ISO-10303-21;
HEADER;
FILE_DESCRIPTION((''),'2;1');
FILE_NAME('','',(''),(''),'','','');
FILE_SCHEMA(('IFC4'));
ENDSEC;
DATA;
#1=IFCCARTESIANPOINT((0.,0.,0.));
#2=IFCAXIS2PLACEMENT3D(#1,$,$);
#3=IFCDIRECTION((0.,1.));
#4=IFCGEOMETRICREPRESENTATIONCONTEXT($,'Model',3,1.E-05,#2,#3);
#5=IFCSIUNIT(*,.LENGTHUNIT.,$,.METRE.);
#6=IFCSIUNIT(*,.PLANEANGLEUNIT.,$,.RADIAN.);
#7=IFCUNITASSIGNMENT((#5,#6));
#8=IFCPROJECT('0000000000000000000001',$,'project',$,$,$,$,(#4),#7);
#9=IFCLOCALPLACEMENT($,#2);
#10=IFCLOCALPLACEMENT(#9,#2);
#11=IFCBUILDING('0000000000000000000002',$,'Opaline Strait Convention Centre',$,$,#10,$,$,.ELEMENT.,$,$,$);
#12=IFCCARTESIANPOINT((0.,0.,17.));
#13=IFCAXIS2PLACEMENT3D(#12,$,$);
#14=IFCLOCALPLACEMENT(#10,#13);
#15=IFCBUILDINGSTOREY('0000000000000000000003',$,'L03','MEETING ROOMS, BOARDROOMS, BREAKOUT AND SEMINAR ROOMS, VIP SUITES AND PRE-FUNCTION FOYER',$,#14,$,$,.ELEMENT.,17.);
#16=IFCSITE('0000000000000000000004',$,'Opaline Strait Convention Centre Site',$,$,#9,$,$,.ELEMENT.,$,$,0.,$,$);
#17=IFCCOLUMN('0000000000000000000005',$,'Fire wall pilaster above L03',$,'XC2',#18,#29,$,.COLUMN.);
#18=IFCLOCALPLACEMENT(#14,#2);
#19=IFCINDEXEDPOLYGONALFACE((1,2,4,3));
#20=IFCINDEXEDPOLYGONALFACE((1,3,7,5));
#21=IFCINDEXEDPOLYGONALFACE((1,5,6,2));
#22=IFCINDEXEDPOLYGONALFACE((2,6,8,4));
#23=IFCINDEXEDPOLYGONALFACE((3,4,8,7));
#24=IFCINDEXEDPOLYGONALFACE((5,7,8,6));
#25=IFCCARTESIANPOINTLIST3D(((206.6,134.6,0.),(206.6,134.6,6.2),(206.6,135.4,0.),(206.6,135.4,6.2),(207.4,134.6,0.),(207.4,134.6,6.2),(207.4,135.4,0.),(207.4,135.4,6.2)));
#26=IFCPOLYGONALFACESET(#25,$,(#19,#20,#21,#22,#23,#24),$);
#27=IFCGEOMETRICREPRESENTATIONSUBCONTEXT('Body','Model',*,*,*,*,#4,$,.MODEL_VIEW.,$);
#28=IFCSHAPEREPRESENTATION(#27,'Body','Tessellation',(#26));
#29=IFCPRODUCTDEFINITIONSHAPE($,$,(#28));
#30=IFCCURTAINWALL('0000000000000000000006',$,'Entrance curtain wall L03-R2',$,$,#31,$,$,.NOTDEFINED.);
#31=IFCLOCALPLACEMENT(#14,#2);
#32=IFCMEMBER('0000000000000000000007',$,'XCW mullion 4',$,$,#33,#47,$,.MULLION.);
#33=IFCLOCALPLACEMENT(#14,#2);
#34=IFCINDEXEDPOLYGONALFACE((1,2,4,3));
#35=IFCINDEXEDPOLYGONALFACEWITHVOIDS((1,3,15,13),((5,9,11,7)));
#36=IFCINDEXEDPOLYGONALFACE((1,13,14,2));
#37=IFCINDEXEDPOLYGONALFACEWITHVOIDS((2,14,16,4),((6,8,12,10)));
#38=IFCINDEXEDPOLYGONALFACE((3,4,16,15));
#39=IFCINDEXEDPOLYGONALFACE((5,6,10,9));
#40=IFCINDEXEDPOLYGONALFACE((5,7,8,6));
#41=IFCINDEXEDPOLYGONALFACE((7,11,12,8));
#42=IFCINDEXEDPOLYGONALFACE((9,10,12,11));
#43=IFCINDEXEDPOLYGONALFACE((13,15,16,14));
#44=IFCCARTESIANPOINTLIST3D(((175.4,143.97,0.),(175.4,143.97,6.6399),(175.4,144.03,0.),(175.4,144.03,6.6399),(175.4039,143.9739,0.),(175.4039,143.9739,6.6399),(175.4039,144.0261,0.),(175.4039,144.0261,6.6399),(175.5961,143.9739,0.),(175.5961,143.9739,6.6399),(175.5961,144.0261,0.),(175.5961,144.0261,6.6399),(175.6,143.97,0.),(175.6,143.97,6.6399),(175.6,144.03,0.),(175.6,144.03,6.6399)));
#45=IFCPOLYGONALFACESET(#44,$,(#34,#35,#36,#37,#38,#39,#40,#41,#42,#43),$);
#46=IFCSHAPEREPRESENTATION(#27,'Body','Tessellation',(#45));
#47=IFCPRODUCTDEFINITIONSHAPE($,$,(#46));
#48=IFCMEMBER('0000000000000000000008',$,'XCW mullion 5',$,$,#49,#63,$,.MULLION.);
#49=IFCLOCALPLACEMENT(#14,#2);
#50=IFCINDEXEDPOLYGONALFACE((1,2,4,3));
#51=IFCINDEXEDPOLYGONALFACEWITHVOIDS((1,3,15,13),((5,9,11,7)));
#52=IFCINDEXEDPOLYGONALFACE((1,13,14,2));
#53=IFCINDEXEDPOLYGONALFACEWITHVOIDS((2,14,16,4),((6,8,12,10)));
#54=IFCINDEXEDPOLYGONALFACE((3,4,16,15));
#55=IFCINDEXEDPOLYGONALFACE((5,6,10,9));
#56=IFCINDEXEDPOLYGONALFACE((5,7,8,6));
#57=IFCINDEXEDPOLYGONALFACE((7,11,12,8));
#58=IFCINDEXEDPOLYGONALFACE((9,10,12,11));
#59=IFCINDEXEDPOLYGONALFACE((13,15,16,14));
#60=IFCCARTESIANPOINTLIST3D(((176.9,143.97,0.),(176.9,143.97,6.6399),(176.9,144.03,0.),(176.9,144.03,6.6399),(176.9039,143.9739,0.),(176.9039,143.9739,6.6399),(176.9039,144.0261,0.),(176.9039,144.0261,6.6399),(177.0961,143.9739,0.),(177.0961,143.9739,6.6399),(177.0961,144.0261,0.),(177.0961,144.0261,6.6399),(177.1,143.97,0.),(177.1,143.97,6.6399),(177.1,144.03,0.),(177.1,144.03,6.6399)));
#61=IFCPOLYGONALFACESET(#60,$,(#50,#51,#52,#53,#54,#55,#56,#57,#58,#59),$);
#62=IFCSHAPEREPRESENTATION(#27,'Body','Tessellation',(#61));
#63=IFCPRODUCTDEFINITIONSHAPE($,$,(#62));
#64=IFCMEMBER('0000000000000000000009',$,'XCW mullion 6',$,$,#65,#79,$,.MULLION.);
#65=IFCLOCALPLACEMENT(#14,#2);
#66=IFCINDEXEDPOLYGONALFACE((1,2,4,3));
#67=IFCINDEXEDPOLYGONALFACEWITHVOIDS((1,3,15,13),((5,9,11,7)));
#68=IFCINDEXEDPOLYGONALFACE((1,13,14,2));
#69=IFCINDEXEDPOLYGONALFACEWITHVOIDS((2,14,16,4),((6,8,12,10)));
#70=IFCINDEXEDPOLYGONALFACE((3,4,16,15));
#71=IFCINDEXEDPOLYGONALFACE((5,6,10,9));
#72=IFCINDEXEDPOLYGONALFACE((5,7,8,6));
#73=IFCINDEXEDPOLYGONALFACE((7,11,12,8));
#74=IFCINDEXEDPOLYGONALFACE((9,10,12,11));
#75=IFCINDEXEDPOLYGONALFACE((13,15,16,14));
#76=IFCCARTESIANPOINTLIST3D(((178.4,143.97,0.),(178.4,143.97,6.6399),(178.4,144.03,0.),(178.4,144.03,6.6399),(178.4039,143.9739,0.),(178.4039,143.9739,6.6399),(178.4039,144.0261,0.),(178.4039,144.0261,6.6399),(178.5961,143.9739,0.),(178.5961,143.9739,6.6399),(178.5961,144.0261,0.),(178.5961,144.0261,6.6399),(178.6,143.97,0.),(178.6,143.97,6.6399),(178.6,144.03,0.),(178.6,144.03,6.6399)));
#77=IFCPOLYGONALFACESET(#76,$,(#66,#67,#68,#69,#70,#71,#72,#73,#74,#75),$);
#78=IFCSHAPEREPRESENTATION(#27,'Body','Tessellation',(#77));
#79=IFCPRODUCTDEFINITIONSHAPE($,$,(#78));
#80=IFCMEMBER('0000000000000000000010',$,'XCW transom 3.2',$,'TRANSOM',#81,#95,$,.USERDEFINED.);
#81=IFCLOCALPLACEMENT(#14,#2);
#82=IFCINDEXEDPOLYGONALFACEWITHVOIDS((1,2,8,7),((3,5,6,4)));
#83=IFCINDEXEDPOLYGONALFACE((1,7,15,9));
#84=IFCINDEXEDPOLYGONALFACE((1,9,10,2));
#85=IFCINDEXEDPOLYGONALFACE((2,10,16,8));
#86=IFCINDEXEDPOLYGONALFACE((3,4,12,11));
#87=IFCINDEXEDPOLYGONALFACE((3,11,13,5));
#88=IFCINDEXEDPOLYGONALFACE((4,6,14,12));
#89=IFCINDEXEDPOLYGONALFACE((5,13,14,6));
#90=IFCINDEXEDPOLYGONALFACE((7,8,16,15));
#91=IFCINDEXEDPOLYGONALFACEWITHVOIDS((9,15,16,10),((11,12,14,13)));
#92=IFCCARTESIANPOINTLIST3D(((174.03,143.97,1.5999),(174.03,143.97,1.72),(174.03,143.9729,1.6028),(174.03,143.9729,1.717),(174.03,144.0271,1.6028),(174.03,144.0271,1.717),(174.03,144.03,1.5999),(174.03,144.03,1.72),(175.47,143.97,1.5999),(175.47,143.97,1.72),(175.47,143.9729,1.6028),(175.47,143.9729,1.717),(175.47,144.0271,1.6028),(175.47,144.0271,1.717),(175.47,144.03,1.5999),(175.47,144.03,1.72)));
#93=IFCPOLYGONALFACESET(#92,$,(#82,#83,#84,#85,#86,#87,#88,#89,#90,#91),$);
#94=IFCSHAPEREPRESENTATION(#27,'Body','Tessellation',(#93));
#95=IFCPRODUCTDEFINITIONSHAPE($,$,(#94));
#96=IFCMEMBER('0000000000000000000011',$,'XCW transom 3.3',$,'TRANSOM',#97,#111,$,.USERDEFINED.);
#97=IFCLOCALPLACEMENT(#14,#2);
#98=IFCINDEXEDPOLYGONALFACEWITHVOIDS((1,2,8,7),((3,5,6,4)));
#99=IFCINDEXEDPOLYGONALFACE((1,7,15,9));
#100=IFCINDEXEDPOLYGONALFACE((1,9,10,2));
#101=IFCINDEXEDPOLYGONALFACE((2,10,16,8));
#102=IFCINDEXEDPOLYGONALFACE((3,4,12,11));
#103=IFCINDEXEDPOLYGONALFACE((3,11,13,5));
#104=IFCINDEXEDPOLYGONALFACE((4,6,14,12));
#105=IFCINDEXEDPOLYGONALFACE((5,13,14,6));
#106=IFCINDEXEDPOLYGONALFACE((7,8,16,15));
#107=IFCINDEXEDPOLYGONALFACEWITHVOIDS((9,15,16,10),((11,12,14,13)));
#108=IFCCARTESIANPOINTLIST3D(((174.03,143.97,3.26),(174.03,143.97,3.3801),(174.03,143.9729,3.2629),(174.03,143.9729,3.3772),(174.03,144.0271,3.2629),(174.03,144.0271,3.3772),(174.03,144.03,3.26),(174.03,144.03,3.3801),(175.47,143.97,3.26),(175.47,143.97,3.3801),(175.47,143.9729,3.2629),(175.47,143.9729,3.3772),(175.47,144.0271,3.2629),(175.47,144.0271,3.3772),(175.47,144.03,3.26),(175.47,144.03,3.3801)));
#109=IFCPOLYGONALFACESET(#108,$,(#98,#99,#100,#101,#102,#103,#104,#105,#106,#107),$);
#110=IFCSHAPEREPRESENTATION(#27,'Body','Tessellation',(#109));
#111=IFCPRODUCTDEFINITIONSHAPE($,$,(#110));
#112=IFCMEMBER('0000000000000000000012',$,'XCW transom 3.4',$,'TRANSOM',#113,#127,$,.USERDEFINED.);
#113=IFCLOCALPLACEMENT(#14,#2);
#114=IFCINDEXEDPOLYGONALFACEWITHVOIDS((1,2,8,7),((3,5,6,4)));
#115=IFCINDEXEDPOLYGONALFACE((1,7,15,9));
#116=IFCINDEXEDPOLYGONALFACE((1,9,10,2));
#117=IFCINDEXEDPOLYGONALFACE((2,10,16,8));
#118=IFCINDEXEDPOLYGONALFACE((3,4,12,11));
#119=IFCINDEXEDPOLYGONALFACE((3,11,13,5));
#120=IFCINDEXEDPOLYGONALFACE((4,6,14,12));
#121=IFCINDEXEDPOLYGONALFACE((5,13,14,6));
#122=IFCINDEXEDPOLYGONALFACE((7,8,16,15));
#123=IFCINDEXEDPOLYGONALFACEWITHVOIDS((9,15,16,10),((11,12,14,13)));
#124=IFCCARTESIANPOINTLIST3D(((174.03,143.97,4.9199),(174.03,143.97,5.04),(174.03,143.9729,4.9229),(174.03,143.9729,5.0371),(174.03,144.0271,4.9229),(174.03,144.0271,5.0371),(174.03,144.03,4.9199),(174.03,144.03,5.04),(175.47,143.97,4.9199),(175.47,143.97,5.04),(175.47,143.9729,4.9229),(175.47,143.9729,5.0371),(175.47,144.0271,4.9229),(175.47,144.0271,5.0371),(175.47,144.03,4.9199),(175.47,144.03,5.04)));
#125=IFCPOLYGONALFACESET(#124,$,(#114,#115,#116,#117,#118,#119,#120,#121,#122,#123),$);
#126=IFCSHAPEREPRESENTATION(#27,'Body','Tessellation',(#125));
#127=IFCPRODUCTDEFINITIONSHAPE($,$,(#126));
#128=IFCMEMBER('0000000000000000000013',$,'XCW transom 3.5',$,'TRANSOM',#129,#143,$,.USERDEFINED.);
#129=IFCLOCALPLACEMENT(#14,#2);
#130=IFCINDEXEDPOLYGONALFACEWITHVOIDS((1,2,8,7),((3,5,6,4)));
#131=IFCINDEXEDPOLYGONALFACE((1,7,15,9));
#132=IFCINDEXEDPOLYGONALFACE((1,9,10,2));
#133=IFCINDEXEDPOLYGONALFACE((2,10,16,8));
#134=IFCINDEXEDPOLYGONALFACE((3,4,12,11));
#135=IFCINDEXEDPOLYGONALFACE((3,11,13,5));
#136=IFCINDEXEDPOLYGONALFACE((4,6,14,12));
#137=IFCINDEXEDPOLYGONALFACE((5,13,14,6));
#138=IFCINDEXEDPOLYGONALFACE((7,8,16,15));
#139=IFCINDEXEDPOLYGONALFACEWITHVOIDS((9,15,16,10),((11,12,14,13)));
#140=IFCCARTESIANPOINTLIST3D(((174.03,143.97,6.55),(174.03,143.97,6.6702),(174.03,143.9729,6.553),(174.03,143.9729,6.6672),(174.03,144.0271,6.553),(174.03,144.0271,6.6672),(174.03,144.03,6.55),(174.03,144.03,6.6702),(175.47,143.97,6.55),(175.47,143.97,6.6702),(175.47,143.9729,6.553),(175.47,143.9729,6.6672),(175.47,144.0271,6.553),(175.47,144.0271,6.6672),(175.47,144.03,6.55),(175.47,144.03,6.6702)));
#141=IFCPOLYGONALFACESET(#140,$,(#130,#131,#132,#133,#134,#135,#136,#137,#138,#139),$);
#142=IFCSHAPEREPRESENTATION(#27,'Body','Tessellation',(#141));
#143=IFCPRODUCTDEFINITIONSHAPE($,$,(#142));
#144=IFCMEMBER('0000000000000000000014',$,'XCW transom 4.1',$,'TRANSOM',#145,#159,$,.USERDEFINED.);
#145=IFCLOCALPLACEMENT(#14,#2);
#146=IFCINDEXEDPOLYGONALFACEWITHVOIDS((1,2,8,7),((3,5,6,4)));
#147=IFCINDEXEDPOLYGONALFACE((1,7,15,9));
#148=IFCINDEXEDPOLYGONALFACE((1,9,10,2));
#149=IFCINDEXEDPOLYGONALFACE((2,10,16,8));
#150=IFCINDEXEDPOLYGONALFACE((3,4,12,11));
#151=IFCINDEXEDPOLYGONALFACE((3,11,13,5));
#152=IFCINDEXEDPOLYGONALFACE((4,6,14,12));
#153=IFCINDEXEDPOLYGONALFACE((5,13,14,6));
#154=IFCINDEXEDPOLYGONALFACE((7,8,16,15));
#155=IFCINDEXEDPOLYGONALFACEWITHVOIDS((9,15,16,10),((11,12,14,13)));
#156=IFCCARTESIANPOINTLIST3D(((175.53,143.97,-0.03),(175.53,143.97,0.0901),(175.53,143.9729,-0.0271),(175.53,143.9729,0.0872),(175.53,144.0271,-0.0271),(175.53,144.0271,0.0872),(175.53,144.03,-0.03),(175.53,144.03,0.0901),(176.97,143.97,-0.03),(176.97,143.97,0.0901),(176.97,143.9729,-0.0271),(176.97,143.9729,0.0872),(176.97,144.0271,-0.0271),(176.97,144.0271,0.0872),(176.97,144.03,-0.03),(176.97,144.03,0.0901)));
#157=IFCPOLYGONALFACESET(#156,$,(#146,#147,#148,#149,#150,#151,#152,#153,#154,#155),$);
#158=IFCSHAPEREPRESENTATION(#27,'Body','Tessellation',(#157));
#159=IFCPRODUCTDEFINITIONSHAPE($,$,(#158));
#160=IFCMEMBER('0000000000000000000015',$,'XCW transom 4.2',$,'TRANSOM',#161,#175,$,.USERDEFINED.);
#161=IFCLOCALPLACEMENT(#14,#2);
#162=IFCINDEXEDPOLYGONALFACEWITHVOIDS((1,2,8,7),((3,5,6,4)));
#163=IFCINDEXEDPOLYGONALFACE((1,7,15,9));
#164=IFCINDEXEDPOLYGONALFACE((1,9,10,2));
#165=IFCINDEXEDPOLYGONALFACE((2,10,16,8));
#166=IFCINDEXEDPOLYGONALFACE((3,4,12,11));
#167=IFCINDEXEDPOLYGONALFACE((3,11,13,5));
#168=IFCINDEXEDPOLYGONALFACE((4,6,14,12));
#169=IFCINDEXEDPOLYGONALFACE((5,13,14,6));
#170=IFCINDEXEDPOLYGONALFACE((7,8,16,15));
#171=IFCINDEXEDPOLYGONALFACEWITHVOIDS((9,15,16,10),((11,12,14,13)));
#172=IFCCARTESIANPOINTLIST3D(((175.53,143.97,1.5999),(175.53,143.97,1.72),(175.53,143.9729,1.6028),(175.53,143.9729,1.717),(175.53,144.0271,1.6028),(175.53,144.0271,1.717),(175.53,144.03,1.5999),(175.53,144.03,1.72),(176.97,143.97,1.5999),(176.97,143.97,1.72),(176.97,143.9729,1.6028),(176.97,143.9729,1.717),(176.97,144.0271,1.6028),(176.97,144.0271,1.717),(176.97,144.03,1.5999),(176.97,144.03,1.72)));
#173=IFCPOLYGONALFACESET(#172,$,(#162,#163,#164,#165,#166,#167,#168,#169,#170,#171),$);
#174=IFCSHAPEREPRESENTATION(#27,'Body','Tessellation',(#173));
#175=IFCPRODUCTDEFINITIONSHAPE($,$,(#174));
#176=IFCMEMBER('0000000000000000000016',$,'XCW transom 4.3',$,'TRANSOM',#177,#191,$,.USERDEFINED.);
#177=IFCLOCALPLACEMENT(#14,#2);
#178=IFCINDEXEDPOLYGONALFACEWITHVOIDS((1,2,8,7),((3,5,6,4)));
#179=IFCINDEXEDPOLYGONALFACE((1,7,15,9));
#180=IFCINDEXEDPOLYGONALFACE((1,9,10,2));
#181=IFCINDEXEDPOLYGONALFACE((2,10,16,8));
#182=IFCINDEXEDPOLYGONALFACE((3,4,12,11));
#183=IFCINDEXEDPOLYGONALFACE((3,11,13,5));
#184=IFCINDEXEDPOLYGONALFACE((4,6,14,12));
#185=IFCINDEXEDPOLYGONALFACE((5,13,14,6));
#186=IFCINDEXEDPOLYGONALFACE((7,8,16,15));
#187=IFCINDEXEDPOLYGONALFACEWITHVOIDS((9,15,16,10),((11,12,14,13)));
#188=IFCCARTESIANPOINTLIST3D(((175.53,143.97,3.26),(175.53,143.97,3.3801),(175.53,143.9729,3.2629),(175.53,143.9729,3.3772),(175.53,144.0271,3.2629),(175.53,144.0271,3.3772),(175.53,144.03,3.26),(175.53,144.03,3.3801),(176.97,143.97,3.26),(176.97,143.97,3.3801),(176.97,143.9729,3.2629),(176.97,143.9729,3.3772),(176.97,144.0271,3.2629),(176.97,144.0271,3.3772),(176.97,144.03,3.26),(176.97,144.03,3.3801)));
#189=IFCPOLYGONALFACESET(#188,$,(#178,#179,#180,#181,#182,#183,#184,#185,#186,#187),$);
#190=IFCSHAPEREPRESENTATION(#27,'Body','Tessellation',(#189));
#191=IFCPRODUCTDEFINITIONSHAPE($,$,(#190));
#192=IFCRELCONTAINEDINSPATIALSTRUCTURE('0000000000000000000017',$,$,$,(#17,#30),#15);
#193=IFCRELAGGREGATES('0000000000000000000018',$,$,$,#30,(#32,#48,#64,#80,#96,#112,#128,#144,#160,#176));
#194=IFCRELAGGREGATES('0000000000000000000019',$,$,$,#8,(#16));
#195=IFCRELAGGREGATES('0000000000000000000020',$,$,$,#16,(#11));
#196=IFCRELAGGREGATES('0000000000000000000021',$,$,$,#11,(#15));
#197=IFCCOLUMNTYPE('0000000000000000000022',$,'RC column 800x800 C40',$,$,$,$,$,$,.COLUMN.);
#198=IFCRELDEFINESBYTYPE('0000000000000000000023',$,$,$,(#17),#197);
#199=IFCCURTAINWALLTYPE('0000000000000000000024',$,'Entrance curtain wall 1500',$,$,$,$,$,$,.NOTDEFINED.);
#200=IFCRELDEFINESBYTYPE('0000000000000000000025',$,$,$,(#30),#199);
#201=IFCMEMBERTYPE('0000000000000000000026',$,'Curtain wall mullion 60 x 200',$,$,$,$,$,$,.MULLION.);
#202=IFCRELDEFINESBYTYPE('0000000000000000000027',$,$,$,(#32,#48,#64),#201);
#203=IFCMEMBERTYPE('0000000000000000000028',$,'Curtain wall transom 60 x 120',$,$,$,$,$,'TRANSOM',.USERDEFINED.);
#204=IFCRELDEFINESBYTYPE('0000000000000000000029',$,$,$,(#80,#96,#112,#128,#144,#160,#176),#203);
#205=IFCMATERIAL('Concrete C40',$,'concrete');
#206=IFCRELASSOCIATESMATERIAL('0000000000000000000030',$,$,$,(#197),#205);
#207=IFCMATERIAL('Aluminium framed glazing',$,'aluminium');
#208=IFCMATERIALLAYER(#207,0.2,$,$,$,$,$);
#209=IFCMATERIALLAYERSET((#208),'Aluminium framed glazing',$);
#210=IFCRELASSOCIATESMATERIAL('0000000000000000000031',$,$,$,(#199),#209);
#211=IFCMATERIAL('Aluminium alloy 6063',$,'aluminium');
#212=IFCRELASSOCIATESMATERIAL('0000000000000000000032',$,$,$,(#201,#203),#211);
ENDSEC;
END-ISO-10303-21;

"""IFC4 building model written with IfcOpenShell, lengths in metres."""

from ifc_helpers import new_model, si_unit, direction, frame, origin, origin_2d, place, context, subcontext, project, spatial, rectangle, hollow_rectangle, extrude, material, layer, layer_set, material_profile, profile_set, type_object, element, aggregate, save


model = new_model("IFC4")

# Units and contexts
model_context = context("Model", 3, precision=1e-05, world=origin(), true_north=direction((0.0, 1.0)))
body_context = subcontext(model_context, "Body", "Model", "MODEL_VIEW")
ifc_project = project(units=[si_unit("LENGTHUNIT", "METRE"), si_unit("PLANEANGLEUNIT", "RADIAN")], contexts=[model_context])

# Site, building, storey
site_placement = place(None, origin())
site = spatial("IfcSite", under=ifc_project, at=site_placement, Name="Opaline Strait Convention Centre Site", CompositionType="ELEMENT", RefElevation=0.0)
building_placement = place(site_placement, origin())
building = spatial("IfcBuilding", under=site, at=building_placement, Name="Opaline Strait Convention Centre", CompositionType="ELEMENT")
storey_placement = place(building_placement, frame((0.0, 0.0, 17.0)))
storey = spatial("IfcBuildingStorey", under=building, at=storey_placement, Name="L03", Description="MEETING ROOMS, BOARDROOMS, BREAKOUT AND SEMINAR ROOMS, VIP SUITES AND PRE-FUNCTION FOYER", CompositionType="ELEMENT", Elevation=17.0)

# Column
ifc_material_1 = material(Name="Concrete C40", Category="concrete")
ifc_material_profile_1 = material_profile(ifc_material_1, rectangle(XDim=0.8, YDim=0.8, at=origin_2d()), Name="RC 800x800")
ifc_profile_set_1 = profile_set([ifc_material_profile_1], Name="Concrete C40")
column_type = type_object("IfcColumnType", Name="RC column 800x800 C40", PredefinedType="COLUMN", material=ifc_profile_set_1)
column_placement = place(storey_placement, frame((207.0, 135.0, 0.0), z_axis=(0.0, 0.0, 1.0), x_axis=(1.0, 0.0, 0.0)))
element("IfcColumn", 1, at=column_placement, inside=storey, type_object=column_type, Name="Fire wall pilaster above L03", ObjectType="XC2", PredefinedType="COLUMN", context=body_context, shape_type="SweptSolid", body=[
    extrude(rectangle(XDim=0.8, YDim=0.8, at=origin_2d()), origin(), (0.0, 0.0, 1.0), 6.2),
])

# Curtain wall, members
ifc_material_2 = material(Name="Aluminium framed glazing", Category="aluminium")
ifc_layer_1 = layer(ifc_material_2, 0.2)
ifc_layer_set_1 = layer_set([ifc_layer_1], Name="Aluminium framed glazing")
curtain_wall_type = type_object("IfcCurtainWallType", Name="Entrance curtain wall 1500", PredefinedType="NOTDEFINED", material=ifc_layer_set_1)
curtain_wall_placement = place(storey_placement, origin())
curtain_wall = element("IfcCurtainWall", 2, at=curtain_wall_placement, inside=storey, type_object=curtain_wall_type, Name="Entrance curtain wall L03-R2", PredefinedType="NOTDEFINED")
ifc_material_3 = material(Name="Aluminium alloy 6063", Category="aluminium")
ifc_material_profile_2 = material_profile(ifc_material_3, hollow_rectangle(XDim=0.0601, YDim=0.2, WallThickness=0.0039, at=origin_2d()), Name="MULLION 60x200x4")
ifc_profile_set_2 = profile_set([ifc_material_profile_2], Name="Aluminium alloy 6063")
member_type_1 = type_object("IfcMemberType", Name="Curtain wall mullion 60 x 200", PredefinedType="MULLION", material=ifc_profile_set_2)
member_1_placement = place(storey_placement, frame((175.5, 144.0, 0.0), z_axis=(0.0, 0.0, 1.0), x_axis=(0.0, 1.0, 0.0)))
member_1 = element("IfcMember", 3, at=member_1_placement, type_object=member_type_1, Name="XCW mullion 4", PredefinedType="MULLION", context=body_context, shape_type="SweptSolid", body=[
    extrude(hollow_rectangle(XDim=0.0601, YDim=0.2, WallThickness=0.0039, at=origin_2d()), origin(), (0.0, 0.0, 1.0), 6.6399),
])
member_2_placement = place(storey_placement, frame((177.0, 144.0, 0.0), z_axis=(0.0, 0.0, 1.0), x_axis=(0.0, 1.0, 0.0)))
member_2 = element("IfcMember", 4, at=member_2_placement, type_object=member_type_1, Name="XCW mullion 5", PredefinedType="MULLION", context=body_context, shape_type="SweptSolid", body=[
    extrude(hollow_rectangle(XDim=0.0601, YDim=0.2, WallThickness=0.0039, at=origin_2d()), origin(), (0.0, 0.0, 1.0), 6.6399),
])
member_3_placement = place(storey_placement, frame((178.5, 144.0, 0.0), z_axis=(0.0, 0.0, 1.0), x_axis=(0.0, 1.0, 0.0)))
member_3 = element("IfcMember", 5, at=member_3_placement, type_object=member_type_1, Name="XCW mullion 6", PredefinedType="MULLION", context=body_context, shape_type="SweptSolid", body=[
    extrude(hollow_rectangle(XDim=0.0601, YDim=0.2, WallThickness=0.0039, at=origin_2d()), origin(), (0.0, 0.0, 1.0), 6.6399),
])
ifc_material_profile_3 = material_profile(ifc_material_3, hollow_rectangle(XDim=0.0601, YDim=0.1201, WallThickness=0.0029, at=origin_2d()), Name="TRANSOM 60x120x3")
ifc_profile_set_3 = profile_set([ifc_material_profile_3], Name="Aluminium alloy 6063")
member_type_2 = type_object("IfcMemberType", Name="Curtain wall transom 60 x 120", ElementType="TRANSOM", PredefinedType="USERDEFINED", material=ifc_profile_set_3)
member_4_placement = place(storey_placement, frame((174.03, 144.0, 1.6599), z_axis=(1.0, 0.0, 0.0), x_axis=(0.0, 1.0, 0.0)))
member_4 = element("IfcMember", 6, at=member_4_placement, type_object=member_type_2, Name="XCW transom 3.2", ObjectType="TRANSOM", PredefinedType="USERDEFINED", context=body_context, shape_type="SweptSolid", body=[
    extrude(hollow_rectangle(XDim=0.0601, YDim=0.1201, WallThickness=0.0029, at=origin_2d()), origin(), (0.0, 0.0, 1.0), 1.4399),
])
member_5_placement = place(storey_placement, frame((174.03, 144.0, 3.3201), z_axis=(1.0, 0.0, 0.0), x_axis=(0.0, 1.0, 0.0)))
member_5 = element("IfcMember", 7, at=member_5_placement, type_object=member_type_2, Name="XCW transom 3.3", ObjectType="TRANSOM", PredefinedType="USERDEFINED", context=body_context, shape_type="SweptSolid", body=[
    extrude(hollow_rectangle(XDim=0.0601, YDim=0.1201, WallThickness=0.0029, at=origin_2d()), origin(), (0.0, 0.0, 1.0), 1.4399),
])
member_6_placement = place(storey_placement, frame((174.03, 144.0, 4.98), z_axis=(1.0, 0.0, 0.0), x_axis=(0.0, 1.0, 0.0)))
member_6 = element("IfcMember", 8, at=member_6_placement, type_object=member_type_2, Name="XCW transom 3.4", ObjectType="TRANSOM", PredefinedType="USERDEFINED", context=body_context, shape_type="SweptSolid", body=[
    extrude(hollow_rectangle(XDim=0.0601, YDim=0.1201, WallThickness=0.0029, at=origin_2d()), origin(), (0.0, 0.0, 1.0), 1.4399),
])
member_7_placement = place(storey_placement, frame((174.03, 144.0, 6.6101), z_axis=(1.0, 0.0, 0.0), x_axis=(0.0, 1.0, 0.0)))
member_7 = element("IfcMember", 9, at=member_7_placement, type_object=member_type_2, Name="XCW transom 3.5", ObjectType="TRANSOM", PredefinedType="USERDEFINED", context=body_context, shape_type="SweptSolid", body=[
    extrude(hollow_rectangle(XDim=0.0601, YDim=0.1201, WallThickness=0.0029, at=origin_2d()), origin(), (0.0, 0.0, 1.0), 1.4399),
])
member_8_placement = place(storey_placement, frame((175.53, 144.0, 0.03), z_axis=(1.0, 0.0, 0.0), x_axis=(0.0, 1.0, 0.0)))
member_8 = element("IfcMember", 10, at=member_8_placement, type_object=member_type_2, Name="XCW transom 4.1", ObjectType="TRANSOM", PredefinedType="USERDEFINED", context=body_context, shape_type="SweptSolid", body=[
    extrude(hollow_rectangle(XDim=0.0601, YDim=0.1201, WallThickness=0.0029, at=origin_2d()), origin(), (0.0, 0.0, 1.0), 1.4399),
])
member_9_placement = place(storey_placement, frame((175.53, 144.0, 1.6599), z_axis=(1.0, 0.0, 0.0), x_axis=(0.0, 1.0, 0.0)))
member_9 = element("IfcMember", 11, at=member_9_placement, type_object=member_type_2, Name="XCW transom 4.2", ObjectType="TRANSOM", PredefinedType="USERDEFINED", context=body_context, shape_type="SweptSolid", body=[
    extrude(hollow_rectangle(XDim=0.0601, YDim=0.1201, WallThickness=0.0029, at=origin_2d()), origin(), (0.0, 0.0, 1.0), 1.4399),
])
member_10_placement = place(storey_placement, frame((175.53, 144.0, 3.3201), z_axis=(1.0, 0.0, 0.0), x_axis=(0.0, 1.0, 0.0)))
member_10 = element("IfcMember", 12, at=member_10_placement, type_object=member_type_2, Name="XCW transom 4.3", ObjectType="TRANSOM", PredefinedType="USERDEFINED", context=body_context, shape_type="SweptSolid", body=[
    extrude(hollow_rectangle(XDim=0.0601, YDim=0.1201, WallThickness=0.0029, at=origin_2d()), origin(), (0.0, 0.0, 1.0), 1.4399),
])
aggregate(curtain_wall, [member_1, member_2, member_3, member_4, member_5, member_6, member_7, member_8, member_9, member_10])

save(model, "model.ifc")
